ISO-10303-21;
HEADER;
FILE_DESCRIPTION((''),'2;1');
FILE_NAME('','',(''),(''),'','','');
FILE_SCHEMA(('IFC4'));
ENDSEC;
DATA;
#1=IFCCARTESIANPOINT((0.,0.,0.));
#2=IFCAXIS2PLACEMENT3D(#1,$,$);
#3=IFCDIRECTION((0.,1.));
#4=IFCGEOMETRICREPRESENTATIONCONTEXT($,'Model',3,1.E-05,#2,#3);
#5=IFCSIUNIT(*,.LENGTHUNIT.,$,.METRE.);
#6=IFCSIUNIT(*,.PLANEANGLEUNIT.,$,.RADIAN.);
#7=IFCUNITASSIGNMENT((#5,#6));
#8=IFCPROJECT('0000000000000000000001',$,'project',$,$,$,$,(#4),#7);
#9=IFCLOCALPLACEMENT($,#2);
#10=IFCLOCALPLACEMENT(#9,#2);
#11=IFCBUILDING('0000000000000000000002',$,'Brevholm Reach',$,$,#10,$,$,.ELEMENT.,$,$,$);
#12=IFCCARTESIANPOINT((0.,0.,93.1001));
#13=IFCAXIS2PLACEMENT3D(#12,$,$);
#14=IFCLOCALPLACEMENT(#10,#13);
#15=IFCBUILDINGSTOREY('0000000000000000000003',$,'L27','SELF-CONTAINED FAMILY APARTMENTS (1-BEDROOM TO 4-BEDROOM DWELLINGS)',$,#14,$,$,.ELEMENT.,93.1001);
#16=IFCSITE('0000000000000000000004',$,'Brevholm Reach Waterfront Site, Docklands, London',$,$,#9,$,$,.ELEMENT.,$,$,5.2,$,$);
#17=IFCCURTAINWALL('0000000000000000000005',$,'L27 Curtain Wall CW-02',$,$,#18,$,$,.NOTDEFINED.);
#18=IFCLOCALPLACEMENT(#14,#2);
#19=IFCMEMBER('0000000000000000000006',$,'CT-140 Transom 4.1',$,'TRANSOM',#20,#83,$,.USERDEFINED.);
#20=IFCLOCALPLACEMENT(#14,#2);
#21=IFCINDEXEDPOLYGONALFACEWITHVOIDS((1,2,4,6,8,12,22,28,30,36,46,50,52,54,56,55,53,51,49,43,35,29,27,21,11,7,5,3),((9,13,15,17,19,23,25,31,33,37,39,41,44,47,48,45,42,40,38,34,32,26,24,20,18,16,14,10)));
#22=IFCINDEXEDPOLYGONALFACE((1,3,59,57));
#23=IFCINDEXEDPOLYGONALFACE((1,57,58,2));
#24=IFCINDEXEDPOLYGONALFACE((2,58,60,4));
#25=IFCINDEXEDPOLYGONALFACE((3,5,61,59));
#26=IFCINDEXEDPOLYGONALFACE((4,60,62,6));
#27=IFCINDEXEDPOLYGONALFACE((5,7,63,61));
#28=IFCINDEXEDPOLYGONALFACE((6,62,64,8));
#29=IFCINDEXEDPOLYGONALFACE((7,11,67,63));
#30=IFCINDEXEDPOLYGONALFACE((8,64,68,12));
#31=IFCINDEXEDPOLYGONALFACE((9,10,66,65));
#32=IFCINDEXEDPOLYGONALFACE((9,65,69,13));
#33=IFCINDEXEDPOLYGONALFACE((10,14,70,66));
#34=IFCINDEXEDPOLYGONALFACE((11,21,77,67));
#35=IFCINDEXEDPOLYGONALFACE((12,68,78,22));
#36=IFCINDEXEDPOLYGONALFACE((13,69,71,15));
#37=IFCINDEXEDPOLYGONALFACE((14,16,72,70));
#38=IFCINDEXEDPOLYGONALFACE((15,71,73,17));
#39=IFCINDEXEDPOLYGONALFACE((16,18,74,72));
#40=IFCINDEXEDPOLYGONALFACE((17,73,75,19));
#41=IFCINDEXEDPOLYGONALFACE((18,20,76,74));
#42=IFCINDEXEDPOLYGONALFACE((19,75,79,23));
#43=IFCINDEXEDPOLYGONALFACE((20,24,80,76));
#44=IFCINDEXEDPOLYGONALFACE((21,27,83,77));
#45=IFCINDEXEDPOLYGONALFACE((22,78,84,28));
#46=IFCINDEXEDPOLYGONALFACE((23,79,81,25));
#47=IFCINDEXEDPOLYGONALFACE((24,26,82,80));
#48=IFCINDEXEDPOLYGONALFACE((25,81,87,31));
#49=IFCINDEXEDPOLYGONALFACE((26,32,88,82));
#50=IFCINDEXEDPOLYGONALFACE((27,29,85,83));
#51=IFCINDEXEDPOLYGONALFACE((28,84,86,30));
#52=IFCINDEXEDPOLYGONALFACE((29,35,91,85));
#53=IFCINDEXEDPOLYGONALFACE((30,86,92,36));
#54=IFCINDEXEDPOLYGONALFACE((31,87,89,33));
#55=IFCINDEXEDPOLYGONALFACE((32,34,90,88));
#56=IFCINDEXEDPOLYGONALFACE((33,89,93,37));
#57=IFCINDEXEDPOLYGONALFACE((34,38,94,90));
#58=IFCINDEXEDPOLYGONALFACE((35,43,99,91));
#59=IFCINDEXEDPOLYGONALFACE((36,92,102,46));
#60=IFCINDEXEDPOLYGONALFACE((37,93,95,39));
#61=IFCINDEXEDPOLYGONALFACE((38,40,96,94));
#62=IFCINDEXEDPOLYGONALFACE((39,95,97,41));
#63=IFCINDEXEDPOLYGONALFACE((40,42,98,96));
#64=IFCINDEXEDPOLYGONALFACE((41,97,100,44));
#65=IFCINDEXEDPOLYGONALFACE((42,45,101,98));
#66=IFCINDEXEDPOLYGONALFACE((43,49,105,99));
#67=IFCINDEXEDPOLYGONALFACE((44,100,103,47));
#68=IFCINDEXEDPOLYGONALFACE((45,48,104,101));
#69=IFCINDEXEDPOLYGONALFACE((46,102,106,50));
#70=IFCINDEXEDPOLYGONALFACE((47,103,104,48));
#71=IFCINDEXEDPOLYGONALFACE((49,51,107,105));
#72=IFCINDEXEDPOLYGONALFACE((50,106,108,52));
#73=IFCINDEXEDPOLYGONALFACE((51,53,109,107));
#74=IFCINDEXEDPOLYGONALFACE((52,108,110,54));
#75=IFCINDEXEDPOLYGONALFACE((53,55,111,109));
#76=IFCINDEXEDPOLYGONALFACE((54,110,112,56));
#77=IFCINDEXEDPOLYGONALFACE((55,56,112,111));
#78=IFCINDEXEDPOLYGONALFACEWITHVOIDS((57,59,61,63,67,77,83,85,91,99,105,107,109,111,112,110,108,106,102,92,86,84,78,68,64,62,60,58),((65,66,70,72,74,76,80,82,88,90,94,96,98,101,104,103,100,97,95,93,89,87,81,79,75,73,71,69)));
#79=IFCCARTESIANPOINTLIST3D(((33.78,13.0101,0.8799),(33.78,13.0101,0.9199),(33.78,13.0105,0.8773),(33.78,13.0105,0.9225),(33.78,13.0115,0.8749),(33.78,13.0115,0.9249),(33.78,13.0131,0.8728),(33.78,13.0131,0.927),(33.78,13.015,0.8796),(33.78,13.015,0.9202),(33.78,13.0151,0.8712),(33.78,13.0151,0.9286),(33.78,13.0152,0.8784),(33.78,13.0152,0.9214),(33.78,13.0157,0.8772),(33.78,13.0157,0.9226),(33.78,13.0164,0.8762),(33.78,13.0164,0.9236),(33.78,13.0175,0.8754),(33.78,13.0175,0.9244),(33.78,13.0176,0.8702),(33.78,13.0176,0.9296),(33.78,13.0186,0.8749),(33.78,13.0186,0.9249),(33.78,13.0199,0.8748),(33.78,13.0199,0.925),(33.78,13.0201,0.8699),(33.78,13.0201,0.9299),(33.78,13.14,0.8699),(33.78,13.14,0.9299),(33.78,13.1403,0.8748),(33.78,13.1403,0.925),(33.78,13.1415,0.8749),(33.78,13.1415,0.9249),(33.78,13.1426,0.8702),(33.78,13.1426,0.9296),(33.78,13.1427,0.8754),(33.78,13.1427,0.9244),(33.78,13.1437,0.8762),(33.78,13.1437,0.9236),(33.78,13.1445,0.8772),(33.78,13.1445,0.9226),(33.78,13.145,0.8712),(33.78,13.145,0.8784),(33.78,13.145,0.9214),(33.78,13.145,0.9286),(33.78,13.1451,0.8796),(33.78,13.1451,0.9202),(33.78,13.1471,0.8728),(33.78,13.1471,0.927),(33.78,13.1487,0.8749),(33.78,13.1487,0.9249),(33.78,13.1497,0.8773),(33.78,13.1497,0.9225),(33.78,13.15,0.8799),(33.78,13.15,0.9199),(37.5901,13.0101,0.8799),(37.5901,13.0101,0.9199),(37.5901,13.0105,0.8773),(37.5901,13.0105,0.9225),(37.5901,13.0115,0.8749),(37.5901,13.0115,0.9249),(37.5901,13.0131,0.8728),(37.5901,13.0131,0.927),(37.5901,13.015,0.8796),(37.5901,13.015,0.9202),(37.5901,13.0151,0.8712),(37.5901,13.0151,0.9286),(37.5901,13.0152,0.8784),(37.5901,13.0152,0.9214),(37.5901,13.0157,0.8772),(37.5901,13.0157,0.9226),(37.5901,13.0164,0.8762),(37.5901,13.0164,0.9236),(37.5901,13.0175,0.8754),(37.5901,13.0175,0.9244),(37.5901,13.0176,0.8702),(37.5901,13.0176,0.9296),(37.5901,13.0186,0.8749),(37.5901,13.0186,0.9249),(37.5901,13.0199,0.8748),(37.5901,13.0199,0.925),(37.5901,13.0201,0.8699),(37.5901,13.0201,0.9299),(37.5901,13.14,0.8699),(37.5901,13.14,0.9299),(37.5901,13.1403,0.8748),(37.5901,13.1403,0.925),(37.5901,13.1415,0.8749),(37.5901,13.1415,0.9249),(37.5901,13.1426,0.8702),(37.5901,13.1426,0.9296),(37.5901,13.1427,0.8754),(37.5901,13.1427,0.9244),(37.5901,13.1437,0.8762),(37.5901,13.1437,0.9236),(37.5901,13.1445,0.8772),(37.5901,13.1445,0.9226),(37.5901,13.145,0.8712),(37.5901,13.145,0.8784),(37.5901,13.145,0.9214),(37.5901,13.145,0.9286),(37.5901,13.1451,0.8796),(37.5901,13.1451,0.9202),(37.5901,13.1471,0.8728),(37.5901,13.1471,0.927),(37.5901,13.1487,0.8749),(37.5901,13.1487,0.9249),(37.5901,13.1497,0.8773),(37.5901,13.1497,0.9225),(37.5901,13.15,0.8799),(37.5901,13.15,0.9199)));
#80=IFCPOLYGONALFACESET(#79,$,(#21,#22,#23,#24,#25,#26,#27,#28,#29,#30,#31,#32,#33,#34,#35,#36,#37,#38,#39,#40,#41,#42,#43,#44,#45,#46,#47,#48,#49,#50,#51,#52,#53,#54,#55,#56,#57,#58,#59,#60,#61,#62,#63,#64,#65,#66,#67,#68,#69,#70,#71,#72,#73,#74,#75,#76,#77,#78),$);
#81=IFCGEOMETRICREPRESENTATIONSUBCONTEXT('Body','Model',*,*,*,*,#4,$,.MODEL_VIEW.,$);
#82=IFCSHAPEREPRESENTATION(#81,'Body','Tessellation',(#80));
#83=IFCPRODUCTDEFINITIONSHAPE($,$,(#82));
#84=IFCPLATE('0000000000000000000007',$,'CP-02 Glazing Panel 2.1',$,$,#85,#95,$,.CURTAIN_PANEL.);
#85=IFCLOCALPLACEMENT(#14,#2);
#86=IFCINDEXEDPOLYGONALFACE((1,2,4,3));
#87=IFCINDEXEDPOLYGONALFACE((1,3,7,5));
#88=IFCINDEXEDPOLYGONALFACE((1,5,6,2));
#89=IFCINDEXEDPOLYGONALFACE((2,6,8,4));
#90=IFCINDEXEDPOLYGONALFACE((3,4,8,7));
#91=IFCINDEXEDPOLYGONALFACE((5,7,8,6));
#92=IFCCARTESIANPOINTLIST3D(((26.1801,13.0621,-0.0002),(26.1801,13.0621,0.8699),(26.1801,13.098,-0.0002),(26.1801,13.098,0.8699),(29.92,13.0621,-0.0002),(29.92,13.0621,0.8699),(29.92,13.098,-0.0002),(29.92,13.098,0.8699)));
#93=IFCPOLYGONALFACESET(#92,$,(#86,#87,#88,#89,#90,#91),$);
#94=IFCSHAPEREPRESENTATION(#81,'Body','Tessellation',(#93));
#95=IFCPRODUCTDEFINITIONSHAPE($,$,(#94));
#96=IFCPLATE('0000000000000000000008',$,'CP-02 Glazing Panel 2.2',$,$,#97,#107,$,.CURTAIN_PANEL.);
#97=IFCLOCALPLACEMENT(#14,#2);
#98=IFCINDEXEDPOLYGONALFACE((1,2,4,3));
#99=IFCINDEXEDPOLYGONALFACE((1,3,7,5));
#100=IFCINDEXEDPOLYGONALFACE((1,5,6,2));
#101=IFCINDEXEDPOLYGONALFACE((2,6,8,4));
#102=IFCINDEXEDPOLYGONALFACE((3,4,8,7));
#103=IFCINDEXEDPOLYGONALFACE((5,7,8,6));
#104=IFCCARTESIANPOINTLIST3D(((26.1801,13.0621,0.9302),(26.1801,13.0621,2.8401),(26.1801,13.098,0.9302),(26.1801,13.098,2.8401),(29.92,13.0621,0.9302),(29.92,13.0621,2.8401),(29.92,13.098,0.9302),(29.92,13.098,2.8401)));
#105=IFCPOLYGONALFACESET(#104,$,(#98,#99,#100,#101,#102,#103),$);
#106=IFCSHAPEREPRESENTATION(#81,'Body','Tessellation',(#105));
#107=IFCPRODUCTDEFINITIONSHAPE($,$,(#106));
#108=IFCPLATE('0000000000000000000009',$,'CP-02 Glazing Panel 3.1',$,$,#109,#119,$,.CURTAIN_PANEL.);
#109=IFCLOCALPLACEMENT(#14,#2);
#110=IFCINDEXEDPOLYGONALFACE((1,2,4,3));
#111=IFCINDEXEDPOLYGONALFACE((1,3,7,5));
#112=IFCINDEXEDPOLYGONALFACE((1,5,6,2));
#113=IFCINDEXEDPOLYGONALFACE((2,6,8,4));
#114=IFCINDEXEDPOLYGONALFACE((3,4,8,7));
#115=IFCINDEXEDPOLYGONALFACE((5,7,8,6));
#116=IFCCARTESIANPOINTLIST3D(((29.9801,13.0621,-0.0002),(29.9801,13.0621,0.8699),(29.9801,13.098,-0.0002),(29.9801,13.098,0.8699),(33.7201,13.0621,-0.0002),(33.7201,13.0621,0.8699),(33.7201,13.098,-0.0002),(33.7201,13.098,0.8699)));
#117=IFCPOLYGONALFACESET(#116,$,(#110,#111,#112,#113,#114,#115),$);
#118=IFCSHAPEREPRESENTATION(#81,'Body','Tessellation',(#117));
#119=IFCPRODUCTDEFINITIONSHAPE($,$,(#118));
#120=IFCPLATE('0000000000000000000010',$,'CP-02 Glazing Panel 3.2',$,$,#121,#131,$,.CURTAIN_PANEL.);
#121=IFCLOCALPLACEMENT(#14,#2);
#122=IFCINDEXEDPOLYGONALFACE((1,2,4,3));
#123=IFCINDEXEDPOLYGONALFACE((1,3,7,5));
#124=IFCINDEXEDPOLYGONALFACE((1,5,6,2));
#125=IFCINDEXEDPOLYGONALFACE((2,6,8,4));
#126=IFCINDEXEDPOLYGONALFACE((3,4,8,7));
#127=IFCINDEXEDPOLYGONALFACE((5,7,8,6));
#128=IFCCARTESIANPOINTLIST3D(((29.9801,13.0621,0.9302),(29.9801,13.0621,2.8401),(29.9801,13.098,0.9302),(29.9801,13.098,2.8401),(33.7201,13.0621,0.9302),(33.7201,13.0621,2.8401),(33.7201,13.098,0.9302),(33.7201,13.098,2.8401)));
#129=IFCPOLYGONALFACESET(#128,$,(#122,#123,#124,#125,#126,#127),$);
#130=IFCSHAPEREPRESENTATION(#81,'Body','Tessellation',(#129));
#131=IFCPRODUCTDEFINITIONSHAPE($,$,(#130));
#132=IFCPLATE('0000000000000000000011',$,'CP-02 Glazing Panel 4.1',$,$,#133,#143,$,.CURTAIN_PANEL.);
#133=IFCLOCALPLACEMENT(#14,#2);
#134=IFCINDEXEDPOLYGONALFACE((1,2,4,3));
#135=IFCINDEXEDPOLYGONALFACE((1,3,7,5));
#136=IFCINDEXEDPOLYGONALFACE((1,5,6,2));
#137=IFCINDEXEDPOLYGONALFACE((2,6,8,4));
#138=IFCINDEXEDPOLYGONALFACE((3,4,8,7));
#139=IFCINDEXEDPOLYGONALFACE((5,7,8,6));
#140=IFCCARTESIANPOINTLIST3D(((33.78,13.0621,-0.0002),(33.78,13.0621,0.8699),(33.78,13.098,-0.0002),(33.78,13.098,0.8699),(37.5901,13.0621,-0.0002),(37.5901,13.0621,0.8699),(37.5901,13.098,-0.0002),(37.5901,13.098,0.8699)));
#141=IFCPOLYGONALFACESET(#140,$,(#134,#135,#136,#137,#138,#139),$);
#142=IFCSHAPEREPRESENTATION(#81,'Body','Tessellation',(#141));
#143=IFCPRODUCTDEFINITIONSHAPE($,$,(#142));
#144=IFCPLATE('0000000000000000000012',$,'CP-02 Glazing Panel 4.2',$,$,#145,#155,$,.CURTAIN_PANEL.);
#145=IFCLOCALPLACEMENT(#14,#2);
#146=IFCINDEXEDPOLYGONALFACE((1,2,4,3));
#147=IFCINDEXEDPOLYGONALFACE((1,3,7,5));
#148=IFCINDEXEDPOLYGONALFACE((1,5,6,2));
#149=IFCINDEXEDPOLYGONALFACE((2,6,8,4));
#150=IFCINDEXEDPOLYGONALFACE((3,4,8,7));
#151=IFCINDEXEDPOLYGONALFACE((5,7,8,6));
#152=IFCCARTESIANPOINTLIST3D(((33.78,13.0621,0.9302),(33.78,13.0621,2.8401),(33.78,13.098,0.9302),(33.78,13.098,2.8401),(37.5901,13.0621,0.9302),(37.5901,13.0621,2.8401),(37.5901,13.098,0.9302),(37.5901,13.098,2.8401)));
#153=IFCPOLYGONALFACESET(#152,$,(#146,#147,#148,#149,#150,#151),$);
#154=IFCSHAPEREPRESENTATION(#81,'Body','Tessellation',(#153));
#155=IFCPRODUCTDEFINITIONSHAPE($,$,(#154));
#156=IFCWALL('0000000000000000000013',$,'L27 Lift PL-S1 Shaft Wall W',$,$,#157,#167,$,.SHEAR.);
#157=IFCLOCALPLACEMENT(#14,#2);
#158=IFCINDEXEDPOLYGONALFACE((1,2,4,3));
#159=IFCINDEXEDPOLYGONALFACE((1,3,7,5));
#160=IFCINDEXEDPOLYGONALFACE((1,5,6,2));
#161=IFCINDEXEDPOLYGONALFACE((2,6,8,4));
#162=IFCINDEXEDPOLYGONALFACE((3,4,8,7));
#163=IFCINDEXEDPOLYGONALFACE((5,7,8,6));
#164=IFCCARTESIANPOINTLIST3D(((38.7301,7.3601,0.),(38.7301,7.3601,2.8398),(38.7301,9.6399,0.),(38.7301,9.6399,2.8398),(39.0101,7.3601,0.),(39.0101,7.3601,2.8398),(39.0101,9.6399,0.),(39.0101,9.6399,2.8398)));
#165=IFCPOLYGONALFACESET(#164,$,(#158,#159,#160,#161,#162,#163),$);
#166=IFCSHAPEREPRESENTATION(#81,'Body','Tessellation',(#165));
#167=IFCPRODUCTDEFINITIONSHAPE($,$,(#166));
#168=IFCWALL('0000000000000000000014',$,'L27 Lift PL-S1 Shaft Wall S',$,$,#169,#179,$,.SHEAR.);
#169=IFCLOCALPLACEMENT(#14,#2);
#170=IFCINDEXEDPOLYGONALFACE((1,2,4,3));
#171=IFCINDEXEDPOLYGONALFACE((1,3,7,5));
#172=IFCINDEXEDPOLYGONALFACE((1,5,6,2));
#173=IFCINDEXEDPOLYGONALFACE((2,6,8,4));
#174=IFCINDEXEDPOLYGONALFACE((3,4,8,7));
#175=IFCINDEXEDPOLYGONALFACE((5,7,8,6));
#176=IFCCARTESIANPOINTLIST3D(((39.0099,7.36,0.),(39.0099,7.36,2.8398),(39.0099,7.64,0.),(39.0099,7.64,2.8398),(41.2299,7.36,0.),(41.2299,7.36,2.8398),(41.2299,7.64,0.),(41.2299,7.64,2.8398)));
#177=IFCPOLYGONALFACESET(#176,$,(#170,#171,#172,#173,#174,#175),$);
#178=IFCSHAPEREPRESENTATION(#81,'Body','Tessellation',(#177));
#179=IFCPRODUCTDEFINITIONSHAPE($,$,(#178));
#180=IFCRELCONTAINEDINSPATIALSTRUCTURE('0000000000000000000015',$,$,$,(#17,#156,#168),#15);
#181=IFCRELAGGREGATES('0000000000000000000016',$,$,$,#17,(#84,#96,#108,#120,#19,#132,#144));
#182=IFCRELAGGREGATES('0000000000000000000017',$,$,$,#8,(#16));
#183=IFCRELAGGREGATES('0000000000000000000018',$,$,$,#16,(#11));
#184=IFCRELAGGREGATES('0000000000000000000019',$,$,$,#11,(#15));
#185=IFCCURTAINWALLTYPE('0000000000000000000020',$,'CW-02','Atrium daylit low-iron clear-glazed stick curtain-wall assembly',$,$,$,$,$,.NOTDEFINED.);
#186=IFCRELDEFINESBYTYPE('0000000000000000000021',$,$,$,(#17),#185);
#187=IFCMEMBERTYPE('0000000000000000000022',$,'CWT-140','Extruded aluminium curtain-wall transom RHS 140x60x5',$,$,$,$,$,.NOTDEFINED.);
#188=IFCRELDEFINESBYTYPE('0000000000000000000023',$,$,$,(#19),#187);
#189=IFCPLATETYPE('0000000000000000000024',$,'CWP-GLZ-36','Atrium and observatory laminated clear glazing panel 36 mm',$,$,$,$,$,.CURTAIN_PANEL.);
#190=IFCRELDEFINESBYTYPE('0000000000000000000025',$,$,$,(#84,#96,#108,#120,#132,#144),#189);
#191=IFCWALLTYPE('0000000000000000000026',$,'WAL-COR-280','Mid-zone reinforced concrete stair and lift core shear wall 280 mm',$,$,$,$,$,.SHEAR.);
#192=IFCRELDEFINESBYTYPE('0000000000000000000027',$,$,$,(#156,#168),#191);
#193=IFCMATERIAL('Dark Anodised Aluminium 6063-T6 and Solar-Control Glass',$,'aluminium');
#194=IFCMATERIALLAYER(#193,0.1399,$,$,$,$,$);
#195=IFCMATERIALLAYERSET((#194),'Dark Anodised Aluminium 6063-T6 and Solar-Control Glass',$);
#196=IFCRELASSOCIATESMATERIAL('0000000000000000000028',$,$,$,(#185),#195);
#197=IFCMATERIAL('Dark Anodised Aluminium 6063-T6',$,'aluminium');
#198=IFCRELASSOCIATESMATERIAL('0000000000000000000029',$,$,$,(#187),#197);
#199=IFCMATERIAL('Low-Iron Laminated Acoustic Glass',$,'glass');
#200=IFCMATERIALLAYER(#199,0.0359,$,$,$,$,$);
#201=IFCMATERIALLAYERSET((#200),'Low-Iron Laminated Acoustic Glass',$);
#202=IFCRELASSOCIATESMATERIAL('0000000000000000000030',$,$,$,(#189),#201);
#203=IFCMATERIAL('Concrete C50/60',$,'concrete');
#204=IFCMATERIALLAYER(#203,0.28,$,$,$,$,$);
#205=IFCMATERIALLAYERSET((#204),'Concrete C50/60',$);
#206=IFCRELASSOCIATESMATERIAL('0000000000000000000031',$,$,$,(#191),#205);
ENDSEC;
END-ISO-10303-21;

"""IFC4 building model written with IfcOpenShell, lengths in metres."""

from ifc_helpers import new_model, si_unit, direction, frame, frame_2d, origin, origin_2d, place, context, subcontext, project, spatial, rectangle, hollow_rectangle, extrude, material, layer, layer_set, material_profile, profile_set, type_object, element, aggregate, save


model = new_model("IFC4")

# Units and contexts
model_context = context("Model", 3, precision=1e-05, world=origin(), true_north=direction((0.0, 1.0)))
body_context = subcontext(model_context, "Body", "Model", "MODEL_VIEW")
ifc_project = project(units=[si_unit("LENGTHUNIT", "METRE"), si_unit("PLANEANGLEUNIT", "RADIAN")], contexts=[model_context])

# Site, building, storey
site_placement = place(None, origin())
site = spatial("IfcSite", under=ifc_project, at=site_placement, Name="Brevholm Reach Waterfront Site, Docklands, London", CompositionType="ELEMENT", RefElevation=5.2)
building_placement = place(site_placement, origin())
building = spatial("IfcBuilding", under=site, at=building_placement, Name="Brevholm Reach", CompositionType="ELEMENT")
storey_placement = place(building_placement, frame((0.0, 0.0, 93.1001)))
storey = spatial("IfcBuildingStorey", under=building, at=storey_placement, Name="L27", Description="SELF-CONTAINED FAMILY APARTMENTS (1-BEDROOM TO 4-BEDROOM DWELLINGS)", CompositionType="ELEMENT", Elevation=93.1001)

# Curtain wall, member, plates
ifc_material_1 = material(Name="Dark Anodised Aluminium 6063-T6 and Solar-Control Glass", Category="aluminium")
ifc_layer_1 = layer(ifc_material_1, 0.1399)
ifc_layer_set_1 = layer_set([ifc_layer_1], Name="Dark Anodised Aluminium 6063-T6 and Solar-Control Glass")
curtain_wall_type = type_object("IfcCurtainWallType", Name="CW-02", Description="Atrium daylit low-iron clear-glazed stick curtain-wall assembly", PredefinedType="NOTDEFINED", material=ifc_layer_set_1)
curtain_wall_placement = place(storey_placement, origin())
curtain_wall = element("IfcCurtainWall", 1, at=curtain_wall_placement, inside=storey, type_object=curtain_wall_type, Name="L27 Curtain Wall CW-02", PredefinedType="NOTDEFINED")
ifc_material_2 = material(Name="Dark Anodised Aluminium 6063-T6", Category="aluminium")
ifc_material_profile_1 = material_profile(ifc_material_2, hollow_rectangle(XDim=0.0601, YDim=0.1399, WallThickness=0.0049, InnerFilletRadius=0.0049, OuterFilletRadius=0.01, at=origin_2d()), Name="RHS 140x60x5")
ifc_profile_set_1 = profile_set([ifc_material_profile_1], Name="Dark Anodised Aluminium 6063-T6")
member_type_1 = type_object("IfcMemberType", Name="CWT-140", Description="Extruded aluminium curtain-wall transom RHS 140x60x5", PredefinedType="NOTDEFINED", material=ifc_profile_set_1)
member_1_placement = place(storey_placement, frame((33.78, 13.0801, 0.8999), z_axis=(1.0, 0.0, 0.0), x_axis=(0.0, 0.0, 1.0)))
member_1 = element("IfcMember", 2, at=member_1_placement, type_object=member_type_1, Name="CT-140 Transom 4.1", ObjectType="TRANSOM", PredefinedType="USERDEFINED", context=body_context, shape_type="SweptSolid", body=[
    extrude(hollow_rectangle(XDim=0.0601, YDim=0.1399, WallThickness=0.0049, InnerFilletRadius=0.0049, OuterFilletRadius=0.01, at=origin_2d()), origin(), (0.0, 0.0, 1.0), 3.8101),
])
ifc_material_3 = material(Name="Low-Iron Laminated Acoustic Glass", Category="glass")
ifc_layer_2 = layer(ifc_material_3, 0.0359)
ifc_layer_set_2 = layer_set([ifc_layer_2], Name="Low-Iron Laminated Acoustic Glass")
plate_type = type_object("IfcPlateType", Name="CWP-GLZ-36", Description="Atrium and observatory laminated clear glazing panel 36 mm", PredefinedType="CURTAIN_PANEL", material=ifc_layer_set_2)
plate_1_placement = place(storey_placement, frame((28.05, 13.0801, -0.0002), z_axis=(0.0, 0.0, 1.0), x_axis=(1.0, 0.0, 0.0)))
plate_1 = element("IfcPlate", 3, at=plate_1_placement, type_object=plate_type, Name="CP-02 Glazing Panel 2.1", PredefinedType="CURTAIN_PANEL", context=body_context, shape_type="SweptSolid", body=[
    extrude(rectangle(XDim=3.74, YDim=0.0359, at=origin_2d()), origin(), (0.0, 0.0, 1.0), 0.8701),
])
plate_2_placement = place(storey_placement, frame((28.05, 13.0801, 0.9302), z_axis=(0.0, 0.0, 1.0), x_axis=(1.0, 0.0, 0.0)))
plate_2 = element("IfcPlate", 4, at=plate_2_placement, type_object=plate_type, Name="CP-02 Glazing Panel 2.2", PredefinedType="CURTAIN_PANEL", context=body_context, shape_type="SweptSolid", body=[
    extrude(rectangle(XDim=3.74, YDim=0.0359, at=origin_2d()), origin(), (0.0, 0.0, 1.0), 1.9099),
])
plate_3_placement = place(storey_placement, frame((31.8501, 13.0801, -0.0002), z_axis=(0.0, 0.0, 1.0), x_axis=(1.0, 0.0, 0.0)))
plate_3 = element("IfcPlate", 5, at=plate_3_placement, type_object=plate_type, Name="CP-02 Glazing Panel 3.1", PredefinedType="CURTAIN_PANEL", context=body_context, shape_type="SweptSolid", body=[
    extrude(rectangle(XDim=3.74, YDim=0.0359, at=origin_2d()), origin(), (0.0, 0.0, 1.0), 0.8701),
])
plate_4_placement = place(storey_placement, frame((31.8501, 13.0801, 0.9302), z_axis=(0.0, 0.0, 1.0), x_axis=(1.0, 0.0, 0.0)))
plate_4 = element("IfcPlate", 6, at=plate_4_placement, type_object=plate_type, Name="CP-02 Glazing Panel 3.2", PredefinedType="CURTAIN_PANEL", context=body_context, shape_type="SweptSolid", body=[
    extrude(rectangle(XDim=3.74, YDim=0.0359, at=origin_2d()), origin(), (0.0, 0.0, 1.0), 1.9099),
])
plate_5_placement = place(storey_placement, frame((35.6851, 13.0801, -0.0002), z_axis=(0.0, 0.0, 1.0), x_axis=(1.0, 0.0, 0.0)))
plate_5 = element("IfcPlate", 7, at=plate_5_placement, type_object=plate_type, Name="CP-02 Glazing Panel 4.1", PredefinedType="CURTAIN_PANEL", context=body_context, shape_type="SweptSolid", body=[
    extrude(rectangle(XDim=3.8101, YDim=0.0359, at=origin_2d()), origin(), (0.0, 0.0, 1.0), 0.8701),
])
plate_6_placement = place(storey_placement, frame((35.6851, 13.0801, 0.9302), z_axis=(0.0, 0.0, 1.0), x_axis=(1.0, 0.0, 0.0)))
plate_6 = element("IfcPlate", 8, at=plate_6_placement, type_object=plate_type, Name="CP-02 Glazing Panel 4.2", PredefinedType="CURTAIN_PANEL", context=body_context, shape_type="SweptSolid", body=[
    extrude(rectangle(XDim=3.8101, YDim=0.0359, at=origin_2d()), origin(), (0.0, 0.0, 1.0), 1.9099),
])
aggregate(curtain_wall, [plate_1, plate_2, plate_3, plate_4, member_1, plate_5, plate_6])

# Walls
ifc_material_4 = material(Name="Concrete C50/60", Category="concrete")
ifc_layer_3 = layer(ifc_material_4, 0.28)
ifc_layer_set_3 = layer_set([ifc_layer_3], Name="Concrete C50/60")
wall_type_1 = type_object("IfcWallType", Name="WAL-COR-280", Description="Mid-zone reinforced concrete stair and lift core shear wall 280 mm", PredefinedType="SHEAR", material=ifc_layer_set_3)
wall_1_placement = place(storey_placement, frame((38.8701, 7.3601, 0.0), z_axis=(0.0, 0.0, 1.0), x_axis=(0.0, 1.0, 0.0)))
element("IfcWall", 9, at=wall_1_placement, inside=storey, type_object=wall_type_1, Name="L27 Lift PL-S1 Shaft Wall W", PredefinedType="SHEAR", context=body_context, shape_type="SweptSolid", body=[
    extrude(rectangle(XDim=2.2798, YDim=0.28, at=frame_2d((1.1399, 0.0))), origin(), (0.0, 0.0, 1.0), 2.8398),
])
wall_2_placement = place(storey_placement, frame((39.01, 7.5, 0.0), z_axis=(0.0, 0.0, 1.0), x_axis=(1.0, 0.0, 0.0)))
element("IfcWall", 10, at=wall_2_placement, inside=storey, type_object=wall_type_1, Name="L27 Lift PL-S1 Shaft Wall S", PredefinedType="SHEAR", context=body_context, shape_type="SweptSolid", body=[
    extrude(rectangle(XDim=2.22, YDim=0.28, at=frame_2d((1.1099, 0.0))), origin(), (0.0, 0.0, 1.0), 2.8398),
])

save(model, "model.ifc")
